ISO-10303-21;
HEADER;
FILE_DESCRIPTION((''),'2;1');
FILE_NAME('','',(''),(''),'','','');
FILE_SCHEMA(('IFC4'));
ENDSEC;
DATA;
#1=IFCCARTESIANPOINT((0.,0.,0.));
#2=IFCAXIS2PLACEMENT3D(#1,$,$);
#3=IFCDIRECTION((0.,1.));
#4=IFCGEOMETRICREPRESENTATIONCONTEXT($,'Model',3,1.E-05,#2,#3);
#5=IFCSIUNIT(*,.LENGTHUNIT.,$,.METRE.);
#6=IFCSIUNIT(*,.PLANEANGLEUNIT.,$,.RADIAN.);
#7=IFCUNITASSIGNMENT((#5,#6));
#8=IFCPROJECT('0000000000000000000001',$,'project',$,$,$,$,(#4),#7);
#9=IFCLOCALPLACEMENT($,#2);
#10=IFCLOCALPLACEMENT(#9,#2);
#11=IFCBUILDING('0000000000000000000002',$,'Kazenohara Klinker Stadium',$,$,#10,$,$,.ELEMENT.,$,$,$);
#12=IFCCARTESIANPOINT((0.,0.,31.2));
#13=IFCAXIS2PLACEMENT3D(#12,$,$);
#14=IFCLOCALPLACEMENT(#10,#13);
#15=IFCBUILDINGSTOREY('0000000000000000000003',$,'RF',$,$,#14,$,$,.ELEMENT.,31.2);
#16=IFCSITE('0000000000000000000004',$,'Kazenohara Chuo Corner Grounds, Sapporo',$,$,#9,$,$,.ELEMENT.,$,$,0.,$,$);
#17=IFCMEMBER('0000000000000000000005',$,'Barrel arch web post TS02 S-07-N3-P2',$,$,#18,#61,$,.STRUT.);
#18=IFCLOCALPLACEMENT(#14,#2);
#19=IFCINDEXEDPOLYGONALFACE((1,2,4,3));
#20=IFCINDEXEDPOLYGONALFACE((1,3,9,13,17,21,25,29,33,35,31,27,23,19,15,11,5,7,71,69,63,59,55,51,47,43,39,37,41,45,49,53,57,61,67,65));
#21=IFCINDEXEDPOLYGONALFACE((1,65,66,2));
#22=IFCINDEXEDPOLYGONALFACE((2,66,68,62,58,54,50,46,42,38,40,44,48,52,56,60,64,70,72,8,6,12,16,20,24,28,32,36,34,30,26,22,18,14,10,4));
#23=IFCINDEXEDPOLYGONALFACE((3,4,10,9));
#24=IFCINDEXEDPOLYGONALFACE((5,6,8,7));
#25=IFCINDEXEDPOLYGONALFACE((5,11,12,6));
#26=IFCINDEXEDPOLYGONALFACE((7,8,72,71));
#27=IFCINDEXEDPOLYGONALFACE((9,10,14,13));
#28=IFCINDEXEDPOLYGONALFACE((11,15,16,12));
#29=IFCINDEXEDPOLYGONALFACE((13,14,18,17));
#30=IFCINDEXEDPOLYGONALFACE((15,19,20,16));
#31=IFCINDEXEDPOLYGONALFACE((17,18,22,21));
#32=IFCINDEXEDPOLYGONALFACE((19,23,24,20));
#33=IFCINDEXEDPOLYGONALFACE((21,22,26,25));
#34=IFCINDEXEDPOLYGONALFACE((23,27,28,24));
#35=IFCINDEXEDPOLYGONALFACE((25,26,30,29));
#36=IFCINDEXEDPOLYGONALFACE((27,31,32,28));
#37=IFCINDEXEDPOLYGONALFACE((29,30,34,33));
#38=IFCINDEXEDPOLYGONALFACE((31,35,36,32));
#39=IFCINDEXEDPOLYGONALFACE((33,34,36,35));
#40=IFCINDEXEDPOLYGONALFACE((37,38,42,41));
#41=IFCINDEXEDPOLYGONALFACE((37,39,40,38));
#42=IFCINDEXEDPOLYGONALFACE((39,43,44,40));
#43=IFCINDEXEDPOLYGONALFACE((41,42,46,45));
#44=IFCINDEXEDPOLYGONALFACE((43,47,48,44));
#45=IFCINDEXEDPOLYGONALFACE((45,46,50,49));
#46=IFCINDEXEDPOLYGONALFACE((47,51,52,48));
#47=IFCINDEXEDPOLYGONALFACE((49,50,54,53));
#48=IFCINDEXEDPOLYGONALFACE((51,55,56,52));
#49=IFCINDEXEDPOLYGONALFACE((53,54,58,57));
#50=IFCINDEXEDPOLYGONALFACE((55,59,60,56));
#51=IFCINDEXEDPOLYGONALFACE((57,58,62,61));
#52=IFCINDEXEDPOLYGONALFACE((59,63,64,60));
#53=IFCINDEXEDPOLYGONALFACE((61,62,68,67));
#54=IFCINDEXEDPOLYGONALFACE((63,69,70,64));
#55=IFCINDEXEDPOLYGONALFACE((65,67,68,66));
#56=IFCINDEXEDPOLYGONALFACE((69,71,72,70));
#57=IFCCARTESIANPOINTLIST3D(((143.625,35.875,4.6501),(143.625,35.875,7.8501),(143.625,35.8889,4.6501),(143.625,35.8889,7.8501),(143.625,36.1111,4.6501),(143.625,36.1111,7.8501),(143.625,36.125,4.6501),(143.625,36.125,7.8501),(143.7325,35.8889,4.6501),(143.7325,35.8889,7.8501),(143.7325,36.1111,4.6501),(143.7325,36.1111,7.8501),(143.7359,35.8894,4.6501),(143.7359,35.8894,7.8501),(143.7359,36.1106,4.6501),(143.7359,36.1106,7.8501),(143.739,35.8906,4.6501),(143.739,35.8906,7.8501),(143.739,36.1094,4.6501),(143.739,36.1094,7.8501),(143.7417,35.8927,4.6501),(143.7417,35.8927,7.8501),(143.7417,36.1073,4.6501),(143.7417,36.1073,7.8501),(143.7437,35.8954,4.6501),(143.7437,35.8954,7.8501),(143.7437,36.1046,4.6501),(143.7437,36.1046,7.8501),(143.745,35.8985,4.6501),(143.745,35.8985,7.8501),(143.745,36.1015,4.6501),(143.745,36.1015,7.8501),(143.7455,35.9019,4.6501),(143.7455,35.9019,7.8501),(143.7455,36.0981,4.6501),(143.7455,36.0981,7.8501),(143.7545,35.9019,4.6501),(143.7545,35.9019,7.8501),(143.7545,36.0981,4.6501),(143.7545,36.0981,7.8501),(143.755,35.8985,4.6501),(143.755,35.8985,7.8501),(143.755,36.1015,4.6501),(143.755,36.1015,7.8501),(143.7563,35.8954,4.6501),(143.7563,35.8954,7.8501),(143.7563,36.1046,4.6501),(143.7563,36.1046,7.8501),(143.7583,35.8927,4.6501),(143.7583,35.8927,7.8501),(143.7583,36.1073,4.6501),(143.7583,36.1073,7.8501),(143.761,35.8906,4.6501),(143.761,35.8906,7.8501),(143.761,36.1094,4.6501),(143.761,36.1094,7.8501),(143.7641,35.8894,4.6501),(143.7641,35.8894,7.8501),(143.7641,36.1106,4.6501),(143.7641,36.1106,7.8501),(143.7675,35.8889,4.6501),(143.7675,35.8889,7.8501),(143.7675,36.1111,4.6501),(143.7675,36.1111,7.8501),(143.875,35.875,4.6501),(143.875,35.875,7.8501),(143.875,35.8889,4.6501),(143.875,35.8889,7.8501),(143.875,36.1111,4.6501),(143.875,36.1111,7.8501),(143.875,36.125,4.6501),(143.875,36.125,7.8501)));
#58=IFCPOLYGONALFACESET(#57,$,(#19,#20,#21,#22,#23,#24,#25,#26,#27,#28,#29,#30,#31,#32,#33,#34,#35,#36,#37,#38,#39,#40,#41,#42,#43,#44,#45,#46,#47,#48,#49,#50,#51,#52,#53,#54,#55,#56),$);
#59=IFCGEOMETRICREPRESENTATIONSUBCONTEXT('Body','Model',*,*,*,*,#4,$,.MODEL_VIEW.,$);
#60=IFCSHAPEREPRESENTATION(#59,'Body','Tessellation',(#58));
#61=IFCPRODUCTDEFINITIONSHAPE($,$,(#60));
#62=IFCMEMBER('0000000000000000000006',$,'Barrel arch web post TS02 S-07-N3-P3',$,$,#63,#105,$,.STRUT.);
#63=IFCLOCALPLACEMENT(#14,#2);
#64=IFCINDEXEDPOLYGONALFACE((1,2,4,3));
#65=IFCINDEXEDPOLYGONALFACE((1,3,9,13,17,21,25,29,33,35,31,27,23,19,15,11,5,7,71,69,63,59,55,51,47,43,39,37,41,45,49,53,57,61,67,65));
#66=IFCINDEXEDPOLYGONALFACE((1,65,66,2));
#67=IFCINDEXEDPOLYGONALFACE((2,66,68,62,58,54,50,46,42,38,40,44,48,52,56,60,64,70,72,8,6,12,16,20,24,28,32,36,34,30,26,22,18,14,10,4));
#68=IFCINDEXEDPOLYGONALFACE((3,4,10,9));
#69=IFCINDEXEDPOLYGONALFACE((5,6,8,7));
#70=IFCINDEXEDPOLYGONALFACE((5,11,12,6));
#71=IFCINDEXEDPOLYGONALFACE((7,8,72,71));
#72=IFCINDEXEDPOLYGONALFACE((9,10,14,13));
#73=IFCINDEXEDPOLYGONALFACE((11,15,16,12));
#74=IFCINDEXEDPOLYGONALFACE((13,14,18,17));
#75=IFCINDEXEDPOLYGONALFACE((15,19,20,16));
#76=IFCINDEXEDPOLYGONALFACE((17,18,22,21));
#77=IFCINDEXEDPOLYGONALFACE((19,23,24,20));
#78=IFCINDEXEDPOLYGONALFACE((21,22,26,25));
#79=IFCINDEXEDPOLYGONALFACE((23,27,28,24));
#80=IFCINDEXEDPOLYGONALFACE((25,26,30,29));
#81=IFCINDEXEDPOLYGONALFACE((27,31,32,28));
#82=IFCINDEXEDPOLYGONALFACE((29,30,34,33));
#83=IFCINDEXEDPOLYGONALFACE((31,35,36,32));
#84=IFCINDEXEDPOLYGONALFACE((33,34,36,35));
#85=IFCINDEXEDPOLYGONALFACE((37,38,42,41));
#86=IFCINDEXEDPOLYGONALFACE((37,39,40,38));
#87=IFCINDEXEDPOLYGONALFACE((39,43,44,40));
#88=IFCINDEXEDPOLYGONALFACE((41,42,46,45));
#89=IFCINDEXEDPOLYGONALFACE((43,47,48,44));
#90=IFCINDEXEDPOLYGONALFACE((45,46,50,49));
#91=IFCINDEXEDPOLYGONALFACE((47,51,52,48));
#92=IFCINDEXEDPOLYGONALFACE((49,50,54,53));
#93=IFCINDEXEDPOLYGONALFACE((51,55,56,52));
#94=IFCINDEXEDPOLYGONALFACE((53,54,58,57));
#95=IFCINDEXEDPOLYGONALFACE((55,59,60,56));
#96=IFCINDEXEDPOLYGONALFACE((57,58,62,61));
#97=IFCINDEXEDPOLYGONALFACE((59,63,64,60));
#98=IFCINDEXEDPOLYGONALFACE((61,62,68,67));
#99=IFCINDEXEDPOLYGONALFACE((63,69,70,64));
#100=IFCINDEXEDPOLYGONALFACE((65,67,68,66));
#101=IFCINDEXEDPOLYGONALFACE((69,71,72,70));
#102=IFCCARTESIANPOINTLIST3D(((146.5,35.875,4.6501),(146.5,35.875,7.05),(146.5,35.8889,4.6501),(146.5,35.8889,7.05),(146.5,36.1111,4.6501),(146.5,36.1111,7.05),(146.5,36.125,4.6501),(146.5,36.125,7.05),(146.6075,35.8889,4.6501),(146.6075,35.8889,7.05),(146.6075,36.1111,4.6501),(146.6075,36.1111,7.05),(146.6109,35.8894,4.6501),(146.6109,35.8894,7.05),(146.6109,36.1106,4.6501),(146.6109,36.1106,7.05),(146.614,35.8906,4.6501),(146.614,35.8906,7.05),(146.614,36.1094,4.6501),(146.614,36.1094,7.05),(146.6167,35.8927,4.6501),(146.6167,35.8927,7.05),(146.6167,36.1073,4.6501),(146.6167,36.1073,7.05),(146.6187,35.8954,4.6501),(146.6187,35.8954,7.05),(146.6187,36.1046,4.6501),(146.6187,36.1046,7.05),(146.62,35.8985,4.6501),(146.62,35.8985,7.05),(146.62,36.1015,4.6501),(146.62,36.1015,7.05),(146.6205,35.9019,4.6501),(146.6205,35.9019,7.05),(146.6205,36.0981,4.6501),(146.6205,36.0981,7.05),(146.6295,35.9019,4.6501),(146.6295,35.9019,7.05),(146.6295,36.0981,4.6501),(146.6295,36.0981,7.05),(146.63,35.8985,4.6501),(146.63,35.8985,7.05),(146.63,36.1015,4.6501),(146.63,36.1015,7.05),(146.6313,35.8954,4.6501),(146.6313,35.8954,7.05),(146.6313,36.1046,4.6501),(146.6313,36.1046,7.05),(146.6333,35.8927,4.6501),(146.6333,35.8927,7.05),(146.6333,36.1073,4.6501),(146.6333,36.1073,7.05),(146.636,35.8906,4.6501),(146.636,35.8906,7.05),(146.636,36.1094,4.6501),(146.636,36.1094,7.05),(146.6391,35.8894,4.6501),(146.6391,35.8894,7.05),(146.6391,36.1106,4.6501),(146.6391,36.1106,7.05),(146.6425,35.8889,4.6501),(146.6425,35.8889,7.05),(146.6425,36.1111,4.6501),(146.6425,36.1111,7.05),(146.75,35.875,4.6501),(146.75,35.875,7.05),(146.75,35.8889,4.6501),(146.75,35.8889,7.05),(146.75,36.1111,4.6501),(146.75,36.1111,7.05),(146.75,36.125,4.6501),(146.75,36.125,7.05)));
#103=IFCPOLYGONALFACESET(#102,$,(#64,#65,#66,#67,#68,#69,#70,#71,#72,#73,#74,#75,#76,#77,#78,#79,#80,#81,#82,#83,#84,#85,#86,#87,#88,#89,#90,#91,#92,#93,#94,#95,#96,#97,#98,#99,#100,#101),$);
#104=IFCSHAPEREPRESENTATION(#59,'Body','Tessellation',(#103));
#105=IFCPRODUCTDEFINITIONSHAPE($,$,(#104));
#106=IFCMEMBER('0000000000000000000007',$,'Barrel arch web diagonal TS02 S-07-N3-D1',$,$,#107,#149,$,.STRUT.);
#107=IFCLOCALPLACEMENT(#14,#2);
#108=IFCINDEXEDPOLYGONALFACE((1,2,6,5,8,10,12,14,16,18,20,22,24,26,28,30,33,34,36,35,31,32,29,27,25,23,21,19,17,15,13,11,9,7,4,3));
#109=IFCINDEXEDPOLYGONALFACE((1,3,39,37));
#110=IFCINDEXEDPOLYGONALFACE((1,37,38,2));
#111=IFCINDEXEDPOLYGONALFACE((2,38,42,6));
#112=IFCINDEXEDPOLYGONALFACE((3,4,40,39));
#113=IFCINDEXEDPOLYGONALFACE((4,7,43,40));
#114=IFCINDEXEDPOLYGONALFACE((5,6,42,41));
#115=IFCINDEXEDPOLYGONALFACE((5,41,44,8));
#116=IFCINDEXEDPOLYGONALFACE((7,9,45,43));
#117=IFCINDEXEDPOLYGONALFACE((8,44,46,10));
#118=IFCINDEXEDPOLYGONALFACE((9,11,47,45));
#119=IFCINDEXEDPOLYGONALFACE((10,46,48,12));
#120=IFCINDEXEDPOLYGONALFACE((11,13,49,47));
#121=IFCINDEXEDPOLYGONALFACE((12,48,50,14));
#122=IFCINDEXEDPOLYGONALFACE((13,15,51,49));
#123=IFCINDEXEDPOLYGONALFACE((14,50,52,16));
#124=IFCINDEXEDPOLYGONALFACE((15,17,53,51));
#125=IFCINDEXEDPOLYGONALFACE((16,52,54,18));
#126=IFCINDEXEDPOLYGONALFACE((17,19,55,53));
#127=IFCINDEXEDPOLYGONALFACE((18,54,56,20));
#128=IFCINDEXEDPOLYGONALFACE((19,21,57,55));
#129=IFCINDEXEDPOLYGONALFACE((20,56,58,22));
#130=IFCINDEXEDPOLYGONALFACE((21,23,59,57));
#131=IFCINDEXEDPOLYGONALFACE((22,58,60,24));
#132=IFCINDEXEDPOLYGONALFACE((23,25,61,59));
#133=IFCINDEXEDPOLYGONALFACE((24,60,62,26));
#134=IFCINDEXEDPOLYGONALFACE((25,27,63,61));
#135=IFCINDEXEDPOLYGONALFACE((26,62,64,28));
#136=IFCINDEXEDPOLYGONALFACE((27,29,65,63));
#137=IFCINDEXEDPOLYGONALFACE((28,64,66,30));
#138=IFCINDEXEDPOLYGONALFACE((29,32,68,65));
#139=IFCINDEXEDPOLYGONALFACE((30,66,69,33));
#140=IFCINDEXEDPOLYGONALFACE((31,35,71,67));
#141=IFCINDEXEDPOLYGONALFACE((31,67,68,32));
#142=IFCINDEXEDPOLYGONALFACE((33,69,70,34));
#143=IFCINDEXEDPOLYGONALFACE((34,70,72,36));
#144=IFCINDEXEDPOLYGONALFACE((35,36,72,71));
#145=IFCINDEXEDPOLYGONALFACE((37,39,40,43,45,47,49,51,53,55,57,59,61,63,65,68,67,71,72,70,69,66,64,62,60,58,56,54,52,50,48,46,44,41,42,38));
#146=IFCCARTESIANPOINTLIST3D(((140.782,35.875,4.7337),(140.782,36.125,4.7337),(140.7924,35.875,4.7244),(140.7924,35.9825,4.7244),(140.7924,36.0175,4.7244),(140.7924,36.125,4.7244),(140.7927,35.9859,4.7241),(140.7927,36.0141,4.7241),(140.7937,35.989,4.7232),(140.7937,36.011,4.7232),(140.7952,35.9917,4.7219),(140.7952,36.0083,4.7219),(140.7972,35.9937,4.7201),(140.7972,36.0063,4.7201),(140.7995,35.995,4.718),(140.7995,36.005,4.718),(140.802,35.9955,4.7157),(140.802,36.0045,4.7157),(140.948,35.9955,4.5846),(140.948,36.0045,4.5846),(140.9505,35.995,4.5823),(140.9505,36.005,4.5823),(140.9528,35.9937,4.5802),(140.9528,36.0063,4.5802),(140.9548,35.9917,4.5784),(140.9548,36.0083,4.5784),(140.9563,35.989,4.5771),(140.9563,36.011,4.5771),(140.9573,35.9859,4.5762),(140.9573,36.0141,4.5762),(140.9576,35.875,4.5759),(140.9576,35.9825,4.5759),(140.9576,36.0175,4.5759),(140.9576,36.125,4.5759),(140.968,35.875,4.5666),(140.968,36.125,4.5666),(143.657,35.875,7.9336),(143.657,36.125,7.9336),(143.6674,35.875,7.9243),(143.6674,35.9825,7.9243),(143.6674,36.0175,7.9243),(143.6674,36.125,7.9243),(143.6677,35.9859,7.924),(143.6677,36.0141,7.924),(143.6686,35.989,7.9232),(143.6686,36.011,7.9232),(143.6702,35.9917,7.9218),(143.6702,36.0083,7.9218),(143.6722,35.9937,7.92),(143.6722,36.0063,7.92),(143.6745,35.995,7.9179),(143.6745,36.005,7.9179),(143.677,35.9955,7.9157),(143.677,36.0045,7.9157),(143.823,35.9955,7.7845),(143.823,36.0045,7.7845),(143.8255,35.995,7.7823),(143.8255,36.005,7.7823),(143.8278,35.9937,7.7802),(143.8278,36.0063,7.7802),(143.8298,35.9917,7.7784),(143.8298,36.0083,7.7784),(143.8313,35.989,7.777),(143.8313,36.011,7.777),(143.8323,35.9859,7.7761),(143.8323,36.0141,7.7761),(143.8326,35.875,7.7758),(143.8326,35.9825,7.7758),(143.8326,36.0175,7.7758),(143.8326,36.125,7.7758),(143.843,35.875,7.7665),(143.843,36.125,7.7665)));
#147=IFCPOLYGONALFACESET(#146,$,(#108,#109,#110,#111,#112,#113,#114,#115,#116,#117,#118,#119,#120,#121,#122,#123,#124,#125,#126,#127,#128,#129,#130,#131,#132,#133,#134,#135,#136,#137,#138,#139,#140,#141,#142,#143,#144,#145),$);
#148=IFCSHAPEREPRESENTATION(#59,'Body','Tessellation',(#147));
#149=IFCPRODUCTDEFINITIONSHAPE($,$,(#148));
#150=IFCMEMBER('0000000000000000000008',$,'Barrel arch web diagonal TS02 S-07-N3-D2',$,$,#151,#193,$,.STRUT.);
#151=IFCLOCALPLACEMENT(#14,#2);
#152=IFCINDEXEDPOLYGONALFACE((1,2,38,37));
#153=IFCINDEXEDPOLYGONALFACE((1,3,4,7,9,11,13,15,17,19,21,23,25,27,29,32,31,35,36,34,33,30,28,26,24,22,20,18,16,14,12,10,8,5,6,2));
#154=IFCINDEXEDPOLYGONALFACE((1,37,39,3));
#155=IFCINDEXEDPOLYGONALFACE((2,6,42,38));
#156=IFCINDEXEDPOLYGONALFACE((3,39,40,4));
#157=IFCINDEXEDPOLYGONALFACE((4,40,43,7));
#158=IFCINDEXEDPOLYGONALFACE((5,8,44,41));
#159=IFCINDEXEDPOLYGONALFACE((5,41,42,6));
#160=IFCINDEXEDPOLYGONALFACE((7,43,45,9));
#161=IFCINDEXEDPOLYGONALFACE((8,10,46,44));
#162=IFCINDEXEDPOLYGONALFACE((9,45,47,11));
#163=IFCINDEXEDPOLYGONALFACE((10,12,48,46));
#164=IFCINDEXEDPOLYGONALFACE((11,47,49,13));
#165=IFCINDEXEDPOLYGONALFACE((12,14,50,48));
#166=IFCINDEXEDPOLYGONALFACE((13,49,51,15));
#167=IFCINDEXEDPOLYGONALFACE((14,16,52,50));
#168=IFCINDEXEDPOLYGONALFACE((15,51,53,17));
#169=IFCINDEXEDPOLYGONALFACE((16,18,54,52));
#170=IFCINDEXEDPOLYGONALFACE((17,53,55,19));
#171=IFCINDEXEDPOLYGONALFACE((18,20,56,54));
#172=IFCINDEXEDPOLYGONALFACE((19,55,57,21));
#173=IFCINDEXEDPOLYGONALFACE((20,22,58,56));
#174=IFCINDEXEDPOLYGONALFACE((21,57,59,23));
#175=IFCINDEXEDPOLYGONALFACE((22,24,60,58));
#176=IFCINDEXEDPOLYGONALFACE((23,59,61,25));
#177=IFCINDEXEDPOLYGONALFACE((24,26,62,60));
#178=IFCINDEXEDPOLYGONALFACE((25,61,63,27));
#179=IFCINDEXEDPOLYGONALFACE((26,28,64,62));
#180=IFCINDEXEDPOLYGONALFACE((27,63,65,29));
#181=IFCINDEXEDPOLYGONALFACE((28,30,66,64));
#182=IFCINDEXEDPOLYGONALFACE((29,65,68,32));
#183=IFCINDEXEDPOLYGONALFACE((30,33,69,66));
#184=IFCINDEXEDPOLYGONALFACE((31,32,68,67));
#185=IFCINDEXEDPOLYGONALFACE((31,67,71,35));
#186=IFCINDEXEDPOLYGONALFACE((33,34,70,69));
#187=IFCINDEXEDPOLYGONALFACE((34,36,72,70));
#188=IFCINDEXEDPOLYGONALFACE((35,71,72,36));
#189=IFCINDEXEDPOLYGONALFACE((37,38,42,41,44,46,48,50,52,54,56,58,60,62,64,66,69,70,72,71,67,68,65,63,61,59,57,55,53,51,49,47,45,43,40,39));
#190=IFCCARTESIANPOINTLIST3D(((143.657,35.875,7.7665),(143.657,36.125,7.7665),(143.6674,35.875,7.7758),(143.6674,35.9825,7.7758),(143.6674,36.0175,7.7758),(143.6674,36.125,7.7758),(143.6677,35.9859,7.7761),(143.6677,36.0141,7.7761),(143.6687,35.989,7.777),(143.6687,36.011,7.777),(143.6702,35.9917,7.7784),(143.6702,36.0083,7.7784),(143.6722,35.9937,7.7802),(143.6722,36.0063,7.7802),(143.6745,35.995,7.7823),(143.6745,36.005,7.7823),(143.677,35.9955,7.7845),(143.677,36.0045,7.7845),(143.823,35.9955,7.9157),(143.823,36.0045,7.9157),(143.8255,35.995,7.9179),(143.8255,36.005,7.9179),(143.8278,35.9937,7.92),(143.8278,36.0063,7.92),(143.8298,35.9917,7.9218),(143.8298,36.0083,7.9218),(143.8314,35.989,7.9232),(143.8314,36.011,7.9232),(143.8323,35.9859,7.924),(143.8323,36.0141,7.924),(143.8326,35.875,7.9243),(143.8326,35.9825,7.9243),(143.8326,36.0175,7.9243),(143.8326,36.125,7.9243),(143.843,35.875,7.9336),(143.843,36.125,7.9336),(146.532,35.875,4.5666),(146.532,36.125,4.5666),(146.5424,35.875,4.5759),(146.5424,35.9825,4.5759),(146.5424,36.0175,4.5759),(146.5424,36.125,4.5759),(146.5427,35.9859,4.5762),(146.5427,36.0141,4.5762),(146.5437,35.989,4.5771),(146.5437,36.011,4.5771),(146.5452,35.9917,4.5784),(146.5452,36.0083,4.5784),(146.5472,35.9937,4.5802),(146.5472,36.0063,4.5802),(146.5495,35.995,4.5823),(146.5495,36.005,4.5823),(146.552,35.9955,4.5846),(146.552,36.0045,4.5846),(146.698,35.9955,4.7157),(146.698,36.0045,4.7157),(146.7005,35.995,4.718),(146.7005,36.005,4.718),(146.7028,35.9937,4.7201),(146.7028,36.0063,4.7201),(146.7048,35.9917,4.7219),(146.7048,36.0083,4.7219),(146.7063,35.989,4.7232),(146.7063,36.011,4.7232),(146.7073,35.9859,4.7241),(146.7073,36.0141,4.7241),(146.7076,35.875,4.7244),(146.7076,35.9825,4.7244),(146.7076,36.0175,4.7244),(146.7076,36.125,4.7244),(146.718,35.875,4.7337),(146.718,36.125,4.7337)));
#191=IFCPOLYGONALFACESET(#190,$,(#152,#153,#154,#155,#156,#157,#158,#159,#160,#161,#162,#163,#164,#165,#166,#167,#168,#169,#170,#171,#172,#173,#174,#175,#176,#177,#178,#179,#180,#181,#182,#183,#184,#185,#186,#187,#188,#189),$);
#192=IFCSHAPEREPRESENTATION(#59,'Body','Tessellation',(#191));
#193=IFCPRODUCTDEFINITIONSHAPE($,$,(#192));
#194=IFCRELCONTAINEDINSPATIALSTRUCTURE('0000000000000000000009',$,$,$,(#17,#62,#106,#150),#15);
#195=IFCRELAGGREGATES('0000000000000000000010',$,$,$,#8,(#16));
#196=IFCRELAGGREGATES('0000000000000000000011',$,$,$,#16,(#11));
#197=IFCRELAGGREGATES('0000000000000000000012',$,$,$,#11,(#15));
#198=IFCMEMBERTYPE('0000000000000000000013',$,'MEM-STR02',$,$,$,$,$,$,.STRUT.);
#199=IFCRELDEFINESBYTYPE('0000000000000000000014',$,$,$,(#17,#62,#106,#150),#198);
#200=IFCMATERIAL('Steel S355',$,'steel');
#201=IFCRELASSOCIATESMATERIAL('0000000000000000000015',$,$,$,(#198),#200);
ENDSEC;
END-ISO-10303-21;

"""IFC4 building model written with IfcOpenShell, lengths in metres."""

from ifc_helpers import new_model, si_unit, direction, frame, origin, origin_2d, place, context, subcontext, project, spatial, i_section, extrude, material, material_profile, profile_set, type_object, element, save


model = new_model("IFC4")

# Units and contexts
model_context = context("Model", 3, precision=1e-05, world=origin(), true_north=direction((0.0, 1.0)))
body_context = subcontext(model_context, "Body", "Model", "MODEL_VIEW")
ifc_project = project(units=[si_unit("LENGTHUNIT", "METRE"), si_unit("PLANEANGLEUNIT", "RADIAN")], contexts=[model_context])

# Site, building, storey
site_placement = place(None, origin())
site = spatial("IfcSite", under=ifc_project, at=site_placement, Name="Kazenohara Chuo Corner Grounds, Sapporo", CompositionType="ELEMENT", RefElevation=0.0)
building_placement = place(site_placement, origin())
building = spatial("IfcBuilding", under=site, at=building_placement, Name="Kazenohara Klinker Stadium", CompositionType="ELEMENT")
storey_placement = place(building_placement, frame((0.0, 0.0, 31.2)))
storey = spatial("IfcBuildingStorey", under=building, at=storey_placement, Name="RF", CompositionType="ELEMENT", Elevation=31.2)

# Members
ifc_material_1 = material(Name="Steel S355", Category="steel")
ifc_material_profile_1 = material_profile(ifc_material_1, i_section(OverallWidth=0.25, OverallDepth=0.25, WebThickness=0.009, FlangeThickness=0.0139, FilletRadius=0.0129, at=origin_2d()), Name="H-250x250x9x14")
ifc_profile_set_1 = profile_set([ifc_material_profile_1], Name="Steel S355")
member_type_1 = type_object("IfcMemberType", Name="MEM-STR02", PredefinedType="STRUT", material=ifc_profile_set_1)
member_1_placement = place(storey_placement, frame((143.75, 36.0, 4.6501), z_axis=(0.0, 0.0, 1.0), x_axis=(1.0, 0.0, 0.0)))
element("IfcMember", 1, at=member_1_placement, inside=storey, type_object=member_type_1, Name="Barrel arch web post TS02 S-07-N3-P2", PredefinedType="STRUT", context=body_context, shape_type="SweptSolid", body=[
    extrude(i_section(OverallWidth=0.25, OverallDepth=0.25, WebThickness=0.009, FlangeThickness=0.0139, FilletRadius=0.0129, at=origin_2d()), origin(), (0.0, 0.0, 1.0), 3.2),
])
member_2_placement = place(storey_placement, frame((146.625, 36.0, 4.6501), z_axis=(0.0, 0.0, 1.0), x_axis=(1.0, 0.0, 0.0)))
element("IfcMember", 2, at=member_2_placement, inside=storey, type_object=member_type_1, Name="Barrel arch web post TS02 S-07-N3-P3", PredefinedType="STRUT", context=body_context, shape_type="SweptSolid", body=[
    extrude(i_section(OverallWidth=0.25, OverallDepth=0.25, WebThickness=0.009, FlangeThickness=0.0139, FilletRadius=0.0129, at=origin_2d()), origin(), (0.0, 0.0, 1.0), 2.3999),
])
for number, where, z_axis, x_axis, name in (
    (3, (140.875, 36.0, 4.6501), (0.668328, 0.0, 0.743867), (0.0, 1.0, 0.0), "Barrel arch web diagonal TS02 S-07-N3-D1"),
    (4, (146.625, 36.0, 4.6501), (-0.668328, 0.0, 0.743867), (0.0, -1.0, 0.0), "Barrel arch web diagonal TS02 S-07-N3-D2"),
):
    element("IfcMember", number, at=place(storey_placement, frame(where, z_axis=z_axis, x_axis=x_axis)), inside=storey, type_object=member_type_1, Name=name, PredefinedType="STRUT", context=body_context, shape_type="SweptSolid", body=[
        extrude(i_section(OverallWidth=0.25, OverallDepth=0.25, WebThickness=0.009, FlangeThickness=0.0139, FilletRadius=0.0129, at=origin_2d()), origin(), (0.0, 0.0, 1.0), 4.3018),
    ])

save(model, "model.ifc")
